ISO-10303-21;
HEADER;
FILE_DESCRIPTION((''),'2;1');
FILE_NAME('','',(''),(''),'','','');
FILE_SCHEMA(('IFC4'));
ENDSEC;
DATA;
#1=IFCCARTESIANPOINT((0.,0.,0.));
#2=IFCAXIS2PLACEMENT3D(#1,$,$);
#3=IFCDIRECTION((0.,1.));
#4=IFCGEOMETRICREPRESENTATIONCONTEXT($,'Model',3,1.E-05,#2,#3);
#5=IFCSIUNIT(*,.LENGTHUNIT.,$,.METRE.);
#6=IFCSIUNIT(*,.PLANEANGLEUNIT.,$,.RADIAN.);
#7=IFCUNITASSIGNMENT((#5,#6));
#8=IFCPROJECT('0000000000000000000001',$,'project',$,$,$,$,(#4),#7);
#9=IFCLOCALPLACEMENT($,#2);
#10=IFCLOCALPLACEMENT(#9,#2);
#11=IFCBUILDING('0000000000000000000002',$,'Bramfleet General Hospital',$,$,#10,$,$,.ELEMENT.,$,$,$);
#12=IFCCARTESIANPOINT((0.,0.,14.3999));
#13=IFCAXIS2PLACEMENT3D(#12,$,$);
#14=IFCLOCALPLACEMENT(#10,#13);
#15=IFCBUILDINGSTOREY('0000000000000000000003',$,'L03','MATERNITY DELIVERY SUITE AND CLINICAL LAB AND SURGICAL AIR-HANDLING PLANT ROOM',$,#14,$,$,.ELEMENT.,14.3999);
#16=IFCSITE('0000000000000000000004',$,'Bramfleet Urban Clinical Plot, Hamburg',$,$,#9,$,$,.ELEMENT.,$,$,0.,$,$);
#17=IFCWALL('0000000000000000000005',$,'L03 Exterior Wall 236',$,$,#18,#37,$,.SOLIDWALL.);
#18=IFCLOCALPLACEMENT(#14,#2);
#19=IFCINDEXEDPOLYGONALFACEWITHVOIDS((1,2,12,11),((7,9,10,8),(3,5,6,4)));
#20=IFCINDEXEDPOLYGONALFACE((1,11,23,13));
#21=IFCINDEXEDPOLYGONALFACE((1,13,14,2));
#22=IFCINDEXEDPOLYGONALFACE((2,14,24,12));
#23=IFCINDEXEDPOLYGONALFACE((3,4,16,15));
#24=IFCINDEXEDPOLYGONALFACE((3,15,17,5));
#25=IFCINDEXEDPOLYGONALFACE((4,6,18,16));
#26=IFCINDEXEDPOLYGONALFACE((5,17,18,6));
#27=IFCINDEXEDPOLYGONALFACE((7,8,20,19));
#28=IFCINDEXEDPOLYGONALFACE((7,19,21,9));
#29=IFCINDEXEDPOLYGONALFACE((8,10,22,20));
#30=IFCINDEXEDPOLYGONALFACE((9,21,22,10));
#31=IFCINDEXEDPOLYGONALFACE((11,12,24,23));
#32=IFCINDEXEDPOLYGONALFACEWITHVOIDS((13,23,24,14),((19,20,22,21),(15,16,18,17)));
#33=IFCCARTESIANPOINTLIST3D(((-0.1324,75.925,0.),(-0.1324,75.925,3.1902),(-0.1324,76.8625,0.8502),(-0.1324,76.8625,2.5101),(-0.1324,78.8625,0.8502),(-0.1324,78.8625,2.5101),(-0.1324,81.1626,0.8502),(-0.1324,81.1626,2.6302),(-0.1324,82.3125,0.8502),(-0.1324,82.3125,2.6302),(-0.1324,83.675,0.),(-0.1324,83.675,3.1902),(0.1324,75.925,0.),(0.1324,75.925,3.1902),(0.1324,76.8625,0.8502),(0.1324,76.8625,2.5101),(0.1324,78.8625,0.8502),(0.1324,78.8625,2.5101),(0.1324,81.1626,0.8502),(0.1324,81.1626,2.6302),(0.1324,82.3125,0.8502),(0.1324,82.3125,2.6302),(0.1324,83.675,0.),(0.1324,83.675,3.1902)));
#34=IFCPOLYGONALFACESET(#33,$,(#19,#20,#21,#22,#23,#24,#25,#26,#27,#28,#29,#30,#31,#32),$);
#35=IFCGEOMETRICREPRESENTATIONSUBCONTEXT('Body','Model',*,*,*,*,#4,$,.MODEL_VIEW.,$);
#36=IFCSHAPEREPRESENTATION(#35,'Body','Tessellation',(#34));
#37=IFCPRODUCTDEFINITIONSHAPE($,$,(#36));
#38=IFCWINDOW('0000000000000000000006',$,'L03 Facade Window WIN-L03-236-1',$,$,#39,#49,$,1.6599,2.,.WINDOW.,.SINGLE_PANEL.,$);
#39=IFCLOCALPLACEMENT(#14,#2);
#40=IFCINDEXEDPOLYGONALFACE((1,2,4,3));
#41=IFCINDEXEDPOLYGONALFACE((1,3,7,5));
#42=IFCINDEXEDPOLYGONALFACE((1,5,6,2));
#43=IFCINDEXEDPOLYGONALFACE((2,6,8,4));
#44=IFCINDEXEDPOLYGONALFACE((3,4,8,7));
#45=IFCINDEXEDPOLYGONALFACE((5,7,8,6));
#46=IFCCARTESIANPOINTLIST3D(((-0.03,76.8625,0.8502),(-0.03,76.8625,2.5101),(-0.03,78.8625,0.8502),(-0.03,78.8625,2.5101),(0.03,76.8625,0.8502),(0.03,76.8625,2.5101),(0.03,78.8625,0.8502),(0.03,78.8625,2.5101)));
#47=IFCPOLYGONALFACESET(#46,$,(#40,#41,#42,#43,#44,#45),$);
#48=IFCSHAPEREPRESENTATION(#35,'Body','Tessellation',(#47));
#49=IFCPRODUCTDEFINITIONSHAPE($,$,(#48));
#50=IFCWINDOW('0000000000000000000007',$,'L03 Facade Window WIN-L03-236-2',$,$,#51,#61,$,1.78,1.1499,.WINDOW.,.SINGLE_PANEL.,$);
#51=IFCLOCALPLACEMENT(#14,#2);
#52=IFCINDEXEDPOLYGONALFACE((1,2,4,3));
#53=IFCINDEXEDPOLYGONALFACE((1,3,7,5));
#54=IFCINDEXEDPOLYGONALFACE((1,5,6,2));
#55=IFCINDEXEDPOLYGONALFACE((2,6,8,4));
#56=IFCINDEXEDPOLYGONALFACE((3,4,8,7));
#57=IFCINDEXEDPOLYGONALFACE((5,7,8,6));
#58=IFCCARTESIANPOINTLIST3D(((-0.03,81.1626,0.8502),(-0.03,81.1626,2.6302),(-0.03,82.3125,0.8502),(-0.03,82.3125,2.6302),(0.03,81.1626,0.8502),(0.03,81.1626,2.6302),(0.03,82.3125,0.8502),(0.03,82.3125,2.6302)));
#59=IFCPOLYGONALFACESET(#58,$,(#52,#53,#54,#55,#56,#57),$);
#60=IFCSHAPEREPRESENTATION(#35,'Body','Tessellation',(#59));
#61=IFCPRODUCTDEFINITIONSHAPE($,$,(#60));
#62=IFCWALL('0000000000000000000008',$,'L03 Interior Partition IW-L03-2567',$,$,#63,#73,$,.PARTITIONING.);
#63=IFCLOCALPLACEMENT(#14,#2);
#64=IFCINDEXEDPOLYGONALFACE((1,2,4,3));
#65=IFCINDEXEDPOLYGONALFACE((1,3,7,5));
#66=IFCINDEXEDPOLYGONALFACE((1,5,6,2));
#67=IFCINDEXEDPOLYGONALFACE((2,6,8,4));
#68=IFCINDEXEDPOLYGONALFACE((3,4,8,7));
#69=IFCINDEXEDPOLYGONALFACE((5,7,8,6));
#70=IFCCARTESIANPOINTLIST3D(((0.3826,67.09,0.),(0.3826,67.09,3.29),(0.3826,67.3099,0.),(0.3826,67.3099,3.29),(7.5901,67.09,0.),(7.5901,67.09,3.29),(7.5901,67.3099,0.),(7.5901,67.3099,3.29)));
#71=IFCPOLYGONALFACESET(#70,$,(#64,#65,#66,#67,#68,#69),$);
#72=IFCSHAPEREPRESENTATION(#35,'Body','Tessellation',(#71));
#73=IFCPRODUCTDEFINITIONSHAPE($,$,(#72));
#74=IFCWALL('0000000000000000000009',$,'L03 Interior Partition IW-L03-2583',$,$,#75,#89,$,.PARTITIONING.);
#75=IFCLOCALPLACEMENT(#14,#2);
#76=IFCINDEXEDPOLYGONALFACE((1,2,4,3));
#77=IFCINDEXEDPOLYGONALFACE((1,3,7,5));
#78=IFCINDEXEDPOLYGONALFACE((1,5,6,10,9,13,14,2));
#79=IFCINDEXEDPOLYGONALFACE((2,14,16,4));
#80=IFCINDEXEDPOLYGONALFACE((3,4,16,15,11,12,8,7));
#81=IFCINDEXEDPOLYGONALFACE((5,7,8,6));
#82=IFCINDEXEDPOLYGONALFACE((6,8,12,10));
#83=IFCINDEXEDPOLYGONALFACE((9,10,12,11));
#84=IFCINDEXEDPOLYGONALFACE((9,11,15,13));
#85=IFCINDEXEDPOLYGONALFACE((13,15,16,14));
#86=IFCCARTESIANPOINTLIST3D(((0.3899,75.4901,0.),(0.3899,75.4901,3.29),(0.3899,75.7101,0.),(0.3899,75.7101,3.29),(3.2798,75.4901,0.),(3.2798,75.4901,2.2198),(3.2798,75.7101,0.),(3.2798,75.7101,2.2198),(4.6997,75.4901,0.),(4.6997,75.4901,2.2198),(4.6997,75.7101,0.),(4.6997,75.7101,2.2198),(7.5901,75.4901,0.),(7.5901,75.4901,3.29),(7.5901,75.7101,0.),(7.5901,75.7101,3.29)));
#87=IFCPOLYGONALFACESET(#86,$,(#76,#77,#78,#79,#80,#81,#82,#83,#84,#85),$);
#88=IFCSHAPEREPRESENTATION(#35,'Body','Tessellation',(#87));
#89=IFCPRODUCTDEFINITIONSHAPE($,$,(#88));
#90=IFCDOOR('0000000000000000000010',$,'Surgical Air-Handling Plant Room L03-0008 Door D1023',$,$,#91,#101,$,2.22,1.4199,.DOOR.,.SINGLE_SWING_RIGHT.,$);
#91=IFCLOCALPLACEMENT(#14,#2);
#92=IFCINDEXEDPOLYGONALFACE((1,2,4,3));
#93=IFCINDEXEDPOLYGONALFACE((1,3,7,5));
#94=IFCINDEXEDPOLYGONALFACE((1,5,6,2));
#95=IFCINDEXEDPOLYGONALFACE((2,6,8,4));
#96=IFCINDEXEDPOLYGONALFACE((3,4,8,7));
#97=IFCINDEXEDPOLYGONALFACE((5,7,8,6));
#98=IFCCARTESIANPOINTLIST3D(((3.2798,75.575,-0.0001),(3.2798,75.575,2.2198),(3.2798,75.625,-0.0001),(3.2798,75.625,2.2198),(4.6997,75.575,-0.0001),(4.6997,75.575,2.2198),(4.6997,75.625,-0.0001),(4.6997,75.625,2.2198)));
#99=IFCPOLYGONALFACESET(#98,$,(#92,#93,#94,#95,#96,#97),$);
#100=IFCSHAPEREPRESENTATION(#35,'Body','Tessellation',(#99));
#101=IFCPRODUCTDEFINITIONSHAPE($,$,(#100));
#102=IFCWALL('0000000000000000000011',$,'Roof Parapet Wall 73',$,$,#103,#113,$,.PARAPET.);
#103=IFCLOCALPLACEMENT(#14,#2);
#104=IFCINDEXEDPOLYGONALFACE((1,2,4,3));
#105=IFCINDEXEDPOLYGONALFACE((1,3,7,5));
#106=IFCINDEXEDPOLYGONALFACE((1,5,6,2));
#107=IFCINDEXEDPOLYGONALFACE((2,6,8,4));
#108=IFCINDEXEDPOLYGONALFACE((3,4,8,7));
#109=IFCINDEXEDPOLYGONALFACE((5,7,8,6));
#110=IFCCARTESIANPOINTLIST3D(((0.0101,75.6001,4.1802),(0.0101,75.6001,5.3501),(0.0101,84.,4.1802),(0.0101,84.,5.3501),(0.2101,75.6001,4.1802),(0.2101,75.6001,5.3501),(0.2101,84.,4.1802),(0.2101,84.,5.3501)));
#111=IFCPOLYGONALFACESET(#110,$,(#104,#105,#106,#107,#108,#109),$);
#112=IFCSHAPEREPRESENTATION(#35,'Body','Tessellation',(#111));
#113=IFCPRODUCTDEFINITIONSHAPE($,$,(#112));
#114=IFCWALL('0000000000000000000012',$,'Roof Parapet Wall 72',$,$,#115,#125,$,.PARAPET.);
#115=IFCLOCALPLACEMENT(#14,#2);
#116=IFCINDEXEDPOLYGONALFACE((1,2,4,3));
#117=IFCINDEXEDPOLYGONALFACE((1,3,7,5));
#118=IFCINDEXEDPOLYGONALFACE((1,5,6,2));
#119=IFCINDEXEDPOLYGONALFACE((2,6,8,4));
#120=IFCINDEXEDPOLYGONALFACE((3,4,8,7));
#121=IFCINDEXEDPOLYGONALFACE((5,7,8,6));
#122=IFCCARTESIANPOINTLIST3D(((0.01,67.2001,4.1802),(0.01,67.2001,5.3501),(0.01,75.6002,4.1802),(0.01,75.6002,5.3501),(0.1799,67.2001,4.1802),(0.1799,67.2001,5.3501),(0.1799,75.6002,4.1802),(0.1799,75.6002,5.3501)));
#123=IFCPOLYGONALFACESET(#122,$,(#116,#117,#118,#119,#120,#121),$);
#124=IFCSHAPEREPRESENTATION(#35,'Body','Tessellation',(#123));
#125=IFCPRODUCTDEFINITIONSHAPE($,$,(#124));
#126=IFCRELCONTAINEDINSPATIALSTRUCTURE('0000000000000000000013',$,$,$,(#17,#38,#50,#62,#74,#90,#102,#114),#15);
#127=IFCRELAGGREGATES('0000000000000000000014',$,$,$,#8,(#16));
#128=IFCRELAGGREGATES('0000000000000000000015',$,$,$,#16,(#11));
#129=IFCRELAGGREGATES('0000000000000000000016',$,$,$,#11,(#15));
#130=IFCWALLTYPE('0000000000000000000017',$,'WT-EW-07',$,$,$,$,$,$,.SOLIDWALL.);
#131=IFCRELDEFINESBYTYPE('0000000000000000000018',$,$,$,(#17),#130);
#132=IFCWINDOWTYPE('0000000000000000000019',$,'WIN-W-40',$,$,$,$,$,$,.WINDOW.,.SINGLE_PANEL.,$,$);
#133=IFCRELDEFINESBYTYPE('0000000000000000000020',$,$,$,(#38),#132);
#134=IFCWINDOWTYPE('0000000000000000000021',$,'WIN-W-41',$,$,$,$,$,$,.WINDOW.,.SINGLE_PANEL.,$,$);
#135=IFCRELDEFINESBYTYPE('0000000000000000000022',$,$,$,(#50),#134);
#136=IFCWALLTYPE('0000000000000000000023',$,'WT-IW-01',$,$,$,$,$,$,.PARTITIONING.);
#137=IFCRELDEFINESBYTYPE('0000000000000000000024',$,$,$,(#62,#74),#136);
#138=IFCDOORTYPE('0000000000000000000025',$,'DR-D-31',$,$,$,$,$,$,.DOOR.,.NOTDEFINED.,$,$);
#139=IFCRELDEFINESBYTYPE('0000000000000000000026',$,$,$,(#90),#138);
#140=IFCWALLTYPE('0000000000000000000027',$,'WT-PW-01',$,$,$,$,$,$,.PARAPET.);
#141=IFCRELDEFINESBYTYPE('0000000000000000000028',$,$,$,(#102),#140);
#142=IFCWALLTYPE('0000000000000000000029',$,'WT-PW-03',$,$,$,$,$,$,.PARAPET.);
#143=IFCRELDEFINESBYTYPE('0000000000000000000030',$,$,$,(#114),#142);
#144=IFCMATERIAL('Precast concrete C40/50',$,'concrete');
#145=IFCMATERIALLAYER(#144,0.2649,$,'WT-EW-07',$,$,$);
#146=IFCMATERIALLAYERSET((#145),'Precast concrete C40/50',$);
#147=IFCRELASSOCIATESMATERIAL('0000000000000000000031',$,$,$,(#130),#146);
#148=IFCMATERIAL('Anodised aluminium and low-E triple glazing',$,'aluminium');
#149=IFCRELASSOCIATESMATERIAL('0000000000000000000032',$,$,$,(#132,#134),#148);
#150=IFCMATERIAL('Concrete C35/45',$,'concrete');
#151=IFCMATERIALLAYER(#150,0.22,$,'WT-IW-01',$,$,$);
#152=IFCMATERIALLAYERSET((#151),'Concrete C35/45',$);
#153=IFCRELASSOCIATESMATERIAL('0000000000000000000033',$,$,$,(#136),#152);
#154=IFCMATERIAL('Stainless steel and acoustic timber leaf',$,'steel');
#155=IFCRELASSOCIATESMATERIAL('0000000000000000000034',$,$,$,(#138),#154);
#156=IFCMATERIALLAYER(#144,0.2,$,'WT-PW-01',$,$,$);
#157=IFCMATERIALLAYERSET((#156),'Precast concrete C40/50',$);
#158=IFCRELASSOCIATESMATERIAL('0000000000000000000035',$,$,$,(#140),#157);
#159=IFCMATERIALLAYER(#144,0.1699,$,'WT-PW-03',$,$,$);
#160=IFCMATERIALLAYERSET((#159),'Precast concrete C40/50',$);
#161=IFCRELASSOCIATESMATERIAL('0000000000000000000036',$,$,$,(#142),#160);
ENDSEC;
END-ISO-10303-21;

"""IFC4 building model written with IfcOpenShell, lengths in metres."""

from ifc_helpers import new_model, si_unit, direction, frame, frame_2d, origin, place, context, subcontext, project, spatial, rectangle, extrude, material, layer, layer_set, type_object, element, fill, save


model = new_model("IFC4")

# Units and contexts
model_context = context("Model", 3, precision=1e-05, world=origin(), true_north=direction((0.0, 1.0)))
body_context = subcontext(model_context, "Body", "Model", "MODEL_VIEW")
ifc_project = project(units=[si_unit("LENGTHUNIT", "METRE"), si_unit("PLANEANGLEUNIT", "RADIAN")], contexts=[model_context])

# Site, building, storey
site_placement = place(None, origin())
site = spatial("IfcSite", under=ifc_project, at=site_placement, Name="Bramfleet Urban Clinical Plot, Hamburg", CompositionType="ELEMENT", RefElevation=0.0)
building_placement = place(site_placement, origin())
building = spatial("IfcBuilding", under=site, at=building_placement, Name="Bramfleet General Hospital", CompositionType="ELEMENT")
storey_placement = place(building_placement, frame((0.0, 0.0, 14.3999)))
storey = spatial("IfcBuildingStorey", under=building, at=storey_placement, Name="L03", Description="MATERNITY DELIVERY SUITE AND CLINICAL LAB AND SURGICAL AIR-HANDLING PLANT ROOM", CompositionType="ELEMENT", Elevation=14.3999)

# Shared definitions
ifc_material_1 = material(Name="Concrete C35/45", Category="concrete")

# Shared definitions
ifc_material_2 = material(Name="Precast concrete C40/50", Category="concrete")

# Wall, openings, windows
ifc_layer_1 = layer(ifc_material_2, 0.2649, Name="WT-EW-07")
ifc_layer_set_1 = layer_set([ifc_layer_1], Name="Precast concrete C40/50")
wall_type_1 = type_object("IfcWallType", Name="WT-EW-07", PredefinedType="SOLIDWALL", material=ifc_layer_set_1)
wall_1_placement = place(storey_placement, frame((0.0, 75.925, 0.0), z_axis=(0.0, 0.0, 1.0), x_axis=(0.0, 1.0, 0.0)))
wall_1 = element("IfcWall", 1, at=wall_1_placement, inside=storey, type_object=wall_type_1, Name="L03 Exterior Wall 236", PredefinedType="SOLIDWALL", context=body_context, shape_type="SweptSolid", body=[
    extrude(rectangle(XDim=7.75, YDim=0.2649, at=frame_2d((3.875, 0.0))), origin(), (0.0, 0.0, 1.0), 3.1902),
])
opening_1_placement = place(wall_1_placement, frame((0.9375, 0.0, 0.8501)))
opening_1 = element("IfcOpeningElement", 2, at=opening_1_placement, cuts=wall_1, PredefinedType="OPENING", context=body_context, shape_type="SweptSolid", body=[
    extrude(rectangle(XDim=2.0, YDim=1.6599, at=frame_2d((1.0, 0.8301))), frame((0.0, 0.1423, 0.0), z_axis=(0.0, -1.0, 0.0), x_axis=(1.0, 0.0, 0.0)), (0.0, 0.0, 1.0), 0.2849),
])
opening_2_placement = place(wall_1_placement, frame((5.2375, 0.0, 0.8501)))
opening_2 = element("IfcOpeningElement", 3, at=opening_2_placement, cuts=wall_1, PredefinedType="OPENING", context=body_context, shape_type="SweptSolid", body=[
    extrude(rectangle(XDim=1.1499, YDim=1.78, at=frame_2d((0.575, 0.8901))), frame((0.0, 0.1423, 0.0), z_axis=(0.0, -1.0, 0.0), x_axis=(1.0, 0.0, 0.0)), (0.0, 0.0, 1.0), 0.2849),
])
ifc_material_3 = material(Name="Anodised aluminium and low-E triple glazing", Category="aluminium")
window_type_1 = type_object("IfcWindowType", Name="WIN-W-40", PartitioningType="SINGLE_PANEL", PredefinedType="WINDOW", material=ifc_material_3)
window_1_placement = place(opening_1_placement, origin())
window_1 = element("IfcWindow", 4, at=window_1_placement, inside=storey, type_object=window_type_1, Name="L03 Facade Window WIN-L03-236-1", OverallHeight=1.6599, OverallWidth=2.0, PartitioningType="SINGLE_PANEL", PredefinedType="WINDOW", context=body_context, shape_type="SweptSolid", body=[
    extrude(rectangle(XDim=2.0, YDim=1.6599, at=frame_2d((1.0, 0.8301))), frame((0.0, 0.03, 0.0), z_axis=(0.0, -1.0, 0.0), x_axis=(1.0, 0.0, 0.0)), (0.0, 0.0, 1.0), 0.0601),
])
fill(opening_1, window_1)
window_type_2 = type_object("IfcWindowType", Name="WIN-W-41", PartitioningType="SINGLE_PANEL", PredefinedType="WINDOW", material=ifc_material_3)
window_2_placement = place(opening_2_placement, origin())
window_2 = element("IfcWindow", 5, at=window_2_placement, inside=storey, type_object=window_type_2, Name="L03 Facade Window WIN-L03-236-2", OverallHeight=1.78, OverallWidth=1.1499, PartitioningType="SINGLE_PANEL", PredefinedType="WINDOW", context=body_context, shape_type="SweptSolid", body=[
    extrude(rectangle(XDim=1.1499, YDim=1.78, at=frame_2d((0.575, 0.8901))), frame((0.0, 0.03, 0.0), z_axis=(0.0, -1.0, 0.0), x_axis=(1.0, 0.0, 0.0)), (0.0, 0.0, 1.0), 0.0601),
])
fill(opening_2, window_2)

# Wall
ifc_layer_2 = layer(ifc_material_1, 0.22, Name="WT-IW-01")
ifc_layer_set_2 = layer_set([ifc_layer_2], Name="Concrete C35/45")
wall_type_2 = type_object("IfcWallType", Name="WT-IW-01", PredefinedType="PARTITIONING", material=ifc_layer_set_2)
wall_2_placement = place(storey_placement, frame((0.3826, 67.2, 0.0), z_axis=(0.0, 0.0, 1.0), x_axis=(1.0, 0.0, 0.0)))
element("IfcWall", 6, at=wall_2_placement, inside=storey, type_object=wall_type_2, Name="L03 Interior Partition IW-L03-2567", PredefinedType="PARTITIONING", context=body_context, shape_type="SweptSolid", body=[
    extrude(rectangle(XDim=7.2075, YDim=0.22, at=frame_2d((3.6038, 0.0))), origin(), (0.0, 0.0, 1.0), 3.29),
])

# Wall, opening, door
wall_3_placement = place(storey_placement, frame((0.3899, 75.6001, 0.0), z_axis=(0.0, 0.0, 1.0), x_axis=(1.0, 0.0, 0.0)))
wall_3 = element("IfcWall", 7, at=wall_3_placement, inside=storey, type_object=wall_type_2, Name="L03 Interior Partition IW-L03-2583", PredefinedType="PARTITIONING", context=body_context, shape_type="SweptSolid", body=[
    extrude(rectangle(XDim=7.2002, YDim=0.22, at=frame_2d((3.6001, 0.0))), origin(), (0.0, 0.0, 1.0), 3.29),
])
opening_3_placement = place(wall_3_placement, frame((2.8899, 0.0, 0.0)))
opening_3 = element("IfcOpeningElement", 8, at=opening_3_placement, cuts=wall_3, PredefinedType="OPENING", context=body_context, shape_type="SweptSolid", body=[
    extrude(rectangle(XDim=1.4199, YDim=2.22, at=frame_2d((0.71, 1.1099))), frame((0.0, 0.1199, 0.0), z_axis=(0.0, -1.0, 0.0), x_axis=(1.0, 0.0, 0.0)), (0.0, 0.0, 1.0), 0.24),
])
ifc_material_4 = material(Name="Stainless steel and acoustic timber leaf", Category="steel")
door_type = type_object("IfcDoorType", Name="DR-D-31", OperationType="NOTDEFINED", PredefinedType="DOOR", material=ifc_material_4)
door_placement = place(opening_3_placement, origin())
door = element("IfcDoor", 9, at=door_placement, inside=storey, type_object=door_type, Name="Surgical Air-Handling Plant Room L03-0008 Door D1023", OperationType="SINGLE_SWING_RIGHT", OverallHeight=2.22, OverallWidth=1.4199, PredefinedType="DOOR", context=body_context, shape_type="SweptSolid", body=[
    extrude(rectangle(XDim=1.4199, YDim=2.22, at=frame_2d((0.71, 1.1099))), frame((0.0, 0.0249, 0.0), z_axis=(0.0, -1.0, 0.0), x_axis=(1.0, 0.0, 0.0)), (0.0, 0.0, 1.0), 0.05),
])
fill(opening_3, door)

# Walls
ifc_layer_3 = layer(ifc_material_2, 0.2, Name="WT-PW-01")
ifc_layer_set_3 = layer_set([ifc_layer_3], Name="Precast concrete C40/50")
wall_type_3 = type_object("IfcWallType", Name="WT-PW-01", PredefinedType="PARAPET", material=ifc_layer_set_3)
wall_4_placement = place(storey_placement, frame((0.1101, 75.6001, 4.1802), z_axis=(0.0, 0.0, 1.0), x_axis=(0.0, 1.0, 0.0)))
element("IfcWall", 10, at=wall_4_placement, inside=storey, type_object=wall_type_3, Name="Roof Parapet Wall 73", PredefinedType="PARAPET", context=body_context, shape_type="SweptSolid", body=[
    extrude(rectangle(XDim=8.3999, YDim=0.2, at=frame_2d((4.2, 0.0))), origin(), (0.0, 0.0, 1.0), 1.1699),
])
ifc_layer_4 = layer(ifc_material_2, 0.1699, Name="WT-PW-03")
ifc_layer_set_4 = layer_set([ifc_layer_4], Name="Precast concrete C40/50")
wall_type_4 = type_object("IfcWallType", Name="WT-PW-03", PredefinedType="PARAPET", material=ifc_layer_set_4)
wall_5_placement = place(storey_placement, frame((0.095, 67.2, 4.1802), z_axis=(0.0, 0.0, 1.0), x_axis=(0.0, 1.0, 0.0)))
element("IfcWall", 11, at=wall_5_placement, inside=storey, type_object=wall_type_4, Name="Roof Parapet Wall 72", PredefinedType="PARAPET", context=body_context, shape_type="SweptSolid", body=[
    extrude(rectangle(XDim=8.4001, YDim=0.1699, at=frame_2d((4.2002, 0.0))), origin(), (0.0, 0.0, 1.0), 1.1699),
])

save(model, "model.ifc")
